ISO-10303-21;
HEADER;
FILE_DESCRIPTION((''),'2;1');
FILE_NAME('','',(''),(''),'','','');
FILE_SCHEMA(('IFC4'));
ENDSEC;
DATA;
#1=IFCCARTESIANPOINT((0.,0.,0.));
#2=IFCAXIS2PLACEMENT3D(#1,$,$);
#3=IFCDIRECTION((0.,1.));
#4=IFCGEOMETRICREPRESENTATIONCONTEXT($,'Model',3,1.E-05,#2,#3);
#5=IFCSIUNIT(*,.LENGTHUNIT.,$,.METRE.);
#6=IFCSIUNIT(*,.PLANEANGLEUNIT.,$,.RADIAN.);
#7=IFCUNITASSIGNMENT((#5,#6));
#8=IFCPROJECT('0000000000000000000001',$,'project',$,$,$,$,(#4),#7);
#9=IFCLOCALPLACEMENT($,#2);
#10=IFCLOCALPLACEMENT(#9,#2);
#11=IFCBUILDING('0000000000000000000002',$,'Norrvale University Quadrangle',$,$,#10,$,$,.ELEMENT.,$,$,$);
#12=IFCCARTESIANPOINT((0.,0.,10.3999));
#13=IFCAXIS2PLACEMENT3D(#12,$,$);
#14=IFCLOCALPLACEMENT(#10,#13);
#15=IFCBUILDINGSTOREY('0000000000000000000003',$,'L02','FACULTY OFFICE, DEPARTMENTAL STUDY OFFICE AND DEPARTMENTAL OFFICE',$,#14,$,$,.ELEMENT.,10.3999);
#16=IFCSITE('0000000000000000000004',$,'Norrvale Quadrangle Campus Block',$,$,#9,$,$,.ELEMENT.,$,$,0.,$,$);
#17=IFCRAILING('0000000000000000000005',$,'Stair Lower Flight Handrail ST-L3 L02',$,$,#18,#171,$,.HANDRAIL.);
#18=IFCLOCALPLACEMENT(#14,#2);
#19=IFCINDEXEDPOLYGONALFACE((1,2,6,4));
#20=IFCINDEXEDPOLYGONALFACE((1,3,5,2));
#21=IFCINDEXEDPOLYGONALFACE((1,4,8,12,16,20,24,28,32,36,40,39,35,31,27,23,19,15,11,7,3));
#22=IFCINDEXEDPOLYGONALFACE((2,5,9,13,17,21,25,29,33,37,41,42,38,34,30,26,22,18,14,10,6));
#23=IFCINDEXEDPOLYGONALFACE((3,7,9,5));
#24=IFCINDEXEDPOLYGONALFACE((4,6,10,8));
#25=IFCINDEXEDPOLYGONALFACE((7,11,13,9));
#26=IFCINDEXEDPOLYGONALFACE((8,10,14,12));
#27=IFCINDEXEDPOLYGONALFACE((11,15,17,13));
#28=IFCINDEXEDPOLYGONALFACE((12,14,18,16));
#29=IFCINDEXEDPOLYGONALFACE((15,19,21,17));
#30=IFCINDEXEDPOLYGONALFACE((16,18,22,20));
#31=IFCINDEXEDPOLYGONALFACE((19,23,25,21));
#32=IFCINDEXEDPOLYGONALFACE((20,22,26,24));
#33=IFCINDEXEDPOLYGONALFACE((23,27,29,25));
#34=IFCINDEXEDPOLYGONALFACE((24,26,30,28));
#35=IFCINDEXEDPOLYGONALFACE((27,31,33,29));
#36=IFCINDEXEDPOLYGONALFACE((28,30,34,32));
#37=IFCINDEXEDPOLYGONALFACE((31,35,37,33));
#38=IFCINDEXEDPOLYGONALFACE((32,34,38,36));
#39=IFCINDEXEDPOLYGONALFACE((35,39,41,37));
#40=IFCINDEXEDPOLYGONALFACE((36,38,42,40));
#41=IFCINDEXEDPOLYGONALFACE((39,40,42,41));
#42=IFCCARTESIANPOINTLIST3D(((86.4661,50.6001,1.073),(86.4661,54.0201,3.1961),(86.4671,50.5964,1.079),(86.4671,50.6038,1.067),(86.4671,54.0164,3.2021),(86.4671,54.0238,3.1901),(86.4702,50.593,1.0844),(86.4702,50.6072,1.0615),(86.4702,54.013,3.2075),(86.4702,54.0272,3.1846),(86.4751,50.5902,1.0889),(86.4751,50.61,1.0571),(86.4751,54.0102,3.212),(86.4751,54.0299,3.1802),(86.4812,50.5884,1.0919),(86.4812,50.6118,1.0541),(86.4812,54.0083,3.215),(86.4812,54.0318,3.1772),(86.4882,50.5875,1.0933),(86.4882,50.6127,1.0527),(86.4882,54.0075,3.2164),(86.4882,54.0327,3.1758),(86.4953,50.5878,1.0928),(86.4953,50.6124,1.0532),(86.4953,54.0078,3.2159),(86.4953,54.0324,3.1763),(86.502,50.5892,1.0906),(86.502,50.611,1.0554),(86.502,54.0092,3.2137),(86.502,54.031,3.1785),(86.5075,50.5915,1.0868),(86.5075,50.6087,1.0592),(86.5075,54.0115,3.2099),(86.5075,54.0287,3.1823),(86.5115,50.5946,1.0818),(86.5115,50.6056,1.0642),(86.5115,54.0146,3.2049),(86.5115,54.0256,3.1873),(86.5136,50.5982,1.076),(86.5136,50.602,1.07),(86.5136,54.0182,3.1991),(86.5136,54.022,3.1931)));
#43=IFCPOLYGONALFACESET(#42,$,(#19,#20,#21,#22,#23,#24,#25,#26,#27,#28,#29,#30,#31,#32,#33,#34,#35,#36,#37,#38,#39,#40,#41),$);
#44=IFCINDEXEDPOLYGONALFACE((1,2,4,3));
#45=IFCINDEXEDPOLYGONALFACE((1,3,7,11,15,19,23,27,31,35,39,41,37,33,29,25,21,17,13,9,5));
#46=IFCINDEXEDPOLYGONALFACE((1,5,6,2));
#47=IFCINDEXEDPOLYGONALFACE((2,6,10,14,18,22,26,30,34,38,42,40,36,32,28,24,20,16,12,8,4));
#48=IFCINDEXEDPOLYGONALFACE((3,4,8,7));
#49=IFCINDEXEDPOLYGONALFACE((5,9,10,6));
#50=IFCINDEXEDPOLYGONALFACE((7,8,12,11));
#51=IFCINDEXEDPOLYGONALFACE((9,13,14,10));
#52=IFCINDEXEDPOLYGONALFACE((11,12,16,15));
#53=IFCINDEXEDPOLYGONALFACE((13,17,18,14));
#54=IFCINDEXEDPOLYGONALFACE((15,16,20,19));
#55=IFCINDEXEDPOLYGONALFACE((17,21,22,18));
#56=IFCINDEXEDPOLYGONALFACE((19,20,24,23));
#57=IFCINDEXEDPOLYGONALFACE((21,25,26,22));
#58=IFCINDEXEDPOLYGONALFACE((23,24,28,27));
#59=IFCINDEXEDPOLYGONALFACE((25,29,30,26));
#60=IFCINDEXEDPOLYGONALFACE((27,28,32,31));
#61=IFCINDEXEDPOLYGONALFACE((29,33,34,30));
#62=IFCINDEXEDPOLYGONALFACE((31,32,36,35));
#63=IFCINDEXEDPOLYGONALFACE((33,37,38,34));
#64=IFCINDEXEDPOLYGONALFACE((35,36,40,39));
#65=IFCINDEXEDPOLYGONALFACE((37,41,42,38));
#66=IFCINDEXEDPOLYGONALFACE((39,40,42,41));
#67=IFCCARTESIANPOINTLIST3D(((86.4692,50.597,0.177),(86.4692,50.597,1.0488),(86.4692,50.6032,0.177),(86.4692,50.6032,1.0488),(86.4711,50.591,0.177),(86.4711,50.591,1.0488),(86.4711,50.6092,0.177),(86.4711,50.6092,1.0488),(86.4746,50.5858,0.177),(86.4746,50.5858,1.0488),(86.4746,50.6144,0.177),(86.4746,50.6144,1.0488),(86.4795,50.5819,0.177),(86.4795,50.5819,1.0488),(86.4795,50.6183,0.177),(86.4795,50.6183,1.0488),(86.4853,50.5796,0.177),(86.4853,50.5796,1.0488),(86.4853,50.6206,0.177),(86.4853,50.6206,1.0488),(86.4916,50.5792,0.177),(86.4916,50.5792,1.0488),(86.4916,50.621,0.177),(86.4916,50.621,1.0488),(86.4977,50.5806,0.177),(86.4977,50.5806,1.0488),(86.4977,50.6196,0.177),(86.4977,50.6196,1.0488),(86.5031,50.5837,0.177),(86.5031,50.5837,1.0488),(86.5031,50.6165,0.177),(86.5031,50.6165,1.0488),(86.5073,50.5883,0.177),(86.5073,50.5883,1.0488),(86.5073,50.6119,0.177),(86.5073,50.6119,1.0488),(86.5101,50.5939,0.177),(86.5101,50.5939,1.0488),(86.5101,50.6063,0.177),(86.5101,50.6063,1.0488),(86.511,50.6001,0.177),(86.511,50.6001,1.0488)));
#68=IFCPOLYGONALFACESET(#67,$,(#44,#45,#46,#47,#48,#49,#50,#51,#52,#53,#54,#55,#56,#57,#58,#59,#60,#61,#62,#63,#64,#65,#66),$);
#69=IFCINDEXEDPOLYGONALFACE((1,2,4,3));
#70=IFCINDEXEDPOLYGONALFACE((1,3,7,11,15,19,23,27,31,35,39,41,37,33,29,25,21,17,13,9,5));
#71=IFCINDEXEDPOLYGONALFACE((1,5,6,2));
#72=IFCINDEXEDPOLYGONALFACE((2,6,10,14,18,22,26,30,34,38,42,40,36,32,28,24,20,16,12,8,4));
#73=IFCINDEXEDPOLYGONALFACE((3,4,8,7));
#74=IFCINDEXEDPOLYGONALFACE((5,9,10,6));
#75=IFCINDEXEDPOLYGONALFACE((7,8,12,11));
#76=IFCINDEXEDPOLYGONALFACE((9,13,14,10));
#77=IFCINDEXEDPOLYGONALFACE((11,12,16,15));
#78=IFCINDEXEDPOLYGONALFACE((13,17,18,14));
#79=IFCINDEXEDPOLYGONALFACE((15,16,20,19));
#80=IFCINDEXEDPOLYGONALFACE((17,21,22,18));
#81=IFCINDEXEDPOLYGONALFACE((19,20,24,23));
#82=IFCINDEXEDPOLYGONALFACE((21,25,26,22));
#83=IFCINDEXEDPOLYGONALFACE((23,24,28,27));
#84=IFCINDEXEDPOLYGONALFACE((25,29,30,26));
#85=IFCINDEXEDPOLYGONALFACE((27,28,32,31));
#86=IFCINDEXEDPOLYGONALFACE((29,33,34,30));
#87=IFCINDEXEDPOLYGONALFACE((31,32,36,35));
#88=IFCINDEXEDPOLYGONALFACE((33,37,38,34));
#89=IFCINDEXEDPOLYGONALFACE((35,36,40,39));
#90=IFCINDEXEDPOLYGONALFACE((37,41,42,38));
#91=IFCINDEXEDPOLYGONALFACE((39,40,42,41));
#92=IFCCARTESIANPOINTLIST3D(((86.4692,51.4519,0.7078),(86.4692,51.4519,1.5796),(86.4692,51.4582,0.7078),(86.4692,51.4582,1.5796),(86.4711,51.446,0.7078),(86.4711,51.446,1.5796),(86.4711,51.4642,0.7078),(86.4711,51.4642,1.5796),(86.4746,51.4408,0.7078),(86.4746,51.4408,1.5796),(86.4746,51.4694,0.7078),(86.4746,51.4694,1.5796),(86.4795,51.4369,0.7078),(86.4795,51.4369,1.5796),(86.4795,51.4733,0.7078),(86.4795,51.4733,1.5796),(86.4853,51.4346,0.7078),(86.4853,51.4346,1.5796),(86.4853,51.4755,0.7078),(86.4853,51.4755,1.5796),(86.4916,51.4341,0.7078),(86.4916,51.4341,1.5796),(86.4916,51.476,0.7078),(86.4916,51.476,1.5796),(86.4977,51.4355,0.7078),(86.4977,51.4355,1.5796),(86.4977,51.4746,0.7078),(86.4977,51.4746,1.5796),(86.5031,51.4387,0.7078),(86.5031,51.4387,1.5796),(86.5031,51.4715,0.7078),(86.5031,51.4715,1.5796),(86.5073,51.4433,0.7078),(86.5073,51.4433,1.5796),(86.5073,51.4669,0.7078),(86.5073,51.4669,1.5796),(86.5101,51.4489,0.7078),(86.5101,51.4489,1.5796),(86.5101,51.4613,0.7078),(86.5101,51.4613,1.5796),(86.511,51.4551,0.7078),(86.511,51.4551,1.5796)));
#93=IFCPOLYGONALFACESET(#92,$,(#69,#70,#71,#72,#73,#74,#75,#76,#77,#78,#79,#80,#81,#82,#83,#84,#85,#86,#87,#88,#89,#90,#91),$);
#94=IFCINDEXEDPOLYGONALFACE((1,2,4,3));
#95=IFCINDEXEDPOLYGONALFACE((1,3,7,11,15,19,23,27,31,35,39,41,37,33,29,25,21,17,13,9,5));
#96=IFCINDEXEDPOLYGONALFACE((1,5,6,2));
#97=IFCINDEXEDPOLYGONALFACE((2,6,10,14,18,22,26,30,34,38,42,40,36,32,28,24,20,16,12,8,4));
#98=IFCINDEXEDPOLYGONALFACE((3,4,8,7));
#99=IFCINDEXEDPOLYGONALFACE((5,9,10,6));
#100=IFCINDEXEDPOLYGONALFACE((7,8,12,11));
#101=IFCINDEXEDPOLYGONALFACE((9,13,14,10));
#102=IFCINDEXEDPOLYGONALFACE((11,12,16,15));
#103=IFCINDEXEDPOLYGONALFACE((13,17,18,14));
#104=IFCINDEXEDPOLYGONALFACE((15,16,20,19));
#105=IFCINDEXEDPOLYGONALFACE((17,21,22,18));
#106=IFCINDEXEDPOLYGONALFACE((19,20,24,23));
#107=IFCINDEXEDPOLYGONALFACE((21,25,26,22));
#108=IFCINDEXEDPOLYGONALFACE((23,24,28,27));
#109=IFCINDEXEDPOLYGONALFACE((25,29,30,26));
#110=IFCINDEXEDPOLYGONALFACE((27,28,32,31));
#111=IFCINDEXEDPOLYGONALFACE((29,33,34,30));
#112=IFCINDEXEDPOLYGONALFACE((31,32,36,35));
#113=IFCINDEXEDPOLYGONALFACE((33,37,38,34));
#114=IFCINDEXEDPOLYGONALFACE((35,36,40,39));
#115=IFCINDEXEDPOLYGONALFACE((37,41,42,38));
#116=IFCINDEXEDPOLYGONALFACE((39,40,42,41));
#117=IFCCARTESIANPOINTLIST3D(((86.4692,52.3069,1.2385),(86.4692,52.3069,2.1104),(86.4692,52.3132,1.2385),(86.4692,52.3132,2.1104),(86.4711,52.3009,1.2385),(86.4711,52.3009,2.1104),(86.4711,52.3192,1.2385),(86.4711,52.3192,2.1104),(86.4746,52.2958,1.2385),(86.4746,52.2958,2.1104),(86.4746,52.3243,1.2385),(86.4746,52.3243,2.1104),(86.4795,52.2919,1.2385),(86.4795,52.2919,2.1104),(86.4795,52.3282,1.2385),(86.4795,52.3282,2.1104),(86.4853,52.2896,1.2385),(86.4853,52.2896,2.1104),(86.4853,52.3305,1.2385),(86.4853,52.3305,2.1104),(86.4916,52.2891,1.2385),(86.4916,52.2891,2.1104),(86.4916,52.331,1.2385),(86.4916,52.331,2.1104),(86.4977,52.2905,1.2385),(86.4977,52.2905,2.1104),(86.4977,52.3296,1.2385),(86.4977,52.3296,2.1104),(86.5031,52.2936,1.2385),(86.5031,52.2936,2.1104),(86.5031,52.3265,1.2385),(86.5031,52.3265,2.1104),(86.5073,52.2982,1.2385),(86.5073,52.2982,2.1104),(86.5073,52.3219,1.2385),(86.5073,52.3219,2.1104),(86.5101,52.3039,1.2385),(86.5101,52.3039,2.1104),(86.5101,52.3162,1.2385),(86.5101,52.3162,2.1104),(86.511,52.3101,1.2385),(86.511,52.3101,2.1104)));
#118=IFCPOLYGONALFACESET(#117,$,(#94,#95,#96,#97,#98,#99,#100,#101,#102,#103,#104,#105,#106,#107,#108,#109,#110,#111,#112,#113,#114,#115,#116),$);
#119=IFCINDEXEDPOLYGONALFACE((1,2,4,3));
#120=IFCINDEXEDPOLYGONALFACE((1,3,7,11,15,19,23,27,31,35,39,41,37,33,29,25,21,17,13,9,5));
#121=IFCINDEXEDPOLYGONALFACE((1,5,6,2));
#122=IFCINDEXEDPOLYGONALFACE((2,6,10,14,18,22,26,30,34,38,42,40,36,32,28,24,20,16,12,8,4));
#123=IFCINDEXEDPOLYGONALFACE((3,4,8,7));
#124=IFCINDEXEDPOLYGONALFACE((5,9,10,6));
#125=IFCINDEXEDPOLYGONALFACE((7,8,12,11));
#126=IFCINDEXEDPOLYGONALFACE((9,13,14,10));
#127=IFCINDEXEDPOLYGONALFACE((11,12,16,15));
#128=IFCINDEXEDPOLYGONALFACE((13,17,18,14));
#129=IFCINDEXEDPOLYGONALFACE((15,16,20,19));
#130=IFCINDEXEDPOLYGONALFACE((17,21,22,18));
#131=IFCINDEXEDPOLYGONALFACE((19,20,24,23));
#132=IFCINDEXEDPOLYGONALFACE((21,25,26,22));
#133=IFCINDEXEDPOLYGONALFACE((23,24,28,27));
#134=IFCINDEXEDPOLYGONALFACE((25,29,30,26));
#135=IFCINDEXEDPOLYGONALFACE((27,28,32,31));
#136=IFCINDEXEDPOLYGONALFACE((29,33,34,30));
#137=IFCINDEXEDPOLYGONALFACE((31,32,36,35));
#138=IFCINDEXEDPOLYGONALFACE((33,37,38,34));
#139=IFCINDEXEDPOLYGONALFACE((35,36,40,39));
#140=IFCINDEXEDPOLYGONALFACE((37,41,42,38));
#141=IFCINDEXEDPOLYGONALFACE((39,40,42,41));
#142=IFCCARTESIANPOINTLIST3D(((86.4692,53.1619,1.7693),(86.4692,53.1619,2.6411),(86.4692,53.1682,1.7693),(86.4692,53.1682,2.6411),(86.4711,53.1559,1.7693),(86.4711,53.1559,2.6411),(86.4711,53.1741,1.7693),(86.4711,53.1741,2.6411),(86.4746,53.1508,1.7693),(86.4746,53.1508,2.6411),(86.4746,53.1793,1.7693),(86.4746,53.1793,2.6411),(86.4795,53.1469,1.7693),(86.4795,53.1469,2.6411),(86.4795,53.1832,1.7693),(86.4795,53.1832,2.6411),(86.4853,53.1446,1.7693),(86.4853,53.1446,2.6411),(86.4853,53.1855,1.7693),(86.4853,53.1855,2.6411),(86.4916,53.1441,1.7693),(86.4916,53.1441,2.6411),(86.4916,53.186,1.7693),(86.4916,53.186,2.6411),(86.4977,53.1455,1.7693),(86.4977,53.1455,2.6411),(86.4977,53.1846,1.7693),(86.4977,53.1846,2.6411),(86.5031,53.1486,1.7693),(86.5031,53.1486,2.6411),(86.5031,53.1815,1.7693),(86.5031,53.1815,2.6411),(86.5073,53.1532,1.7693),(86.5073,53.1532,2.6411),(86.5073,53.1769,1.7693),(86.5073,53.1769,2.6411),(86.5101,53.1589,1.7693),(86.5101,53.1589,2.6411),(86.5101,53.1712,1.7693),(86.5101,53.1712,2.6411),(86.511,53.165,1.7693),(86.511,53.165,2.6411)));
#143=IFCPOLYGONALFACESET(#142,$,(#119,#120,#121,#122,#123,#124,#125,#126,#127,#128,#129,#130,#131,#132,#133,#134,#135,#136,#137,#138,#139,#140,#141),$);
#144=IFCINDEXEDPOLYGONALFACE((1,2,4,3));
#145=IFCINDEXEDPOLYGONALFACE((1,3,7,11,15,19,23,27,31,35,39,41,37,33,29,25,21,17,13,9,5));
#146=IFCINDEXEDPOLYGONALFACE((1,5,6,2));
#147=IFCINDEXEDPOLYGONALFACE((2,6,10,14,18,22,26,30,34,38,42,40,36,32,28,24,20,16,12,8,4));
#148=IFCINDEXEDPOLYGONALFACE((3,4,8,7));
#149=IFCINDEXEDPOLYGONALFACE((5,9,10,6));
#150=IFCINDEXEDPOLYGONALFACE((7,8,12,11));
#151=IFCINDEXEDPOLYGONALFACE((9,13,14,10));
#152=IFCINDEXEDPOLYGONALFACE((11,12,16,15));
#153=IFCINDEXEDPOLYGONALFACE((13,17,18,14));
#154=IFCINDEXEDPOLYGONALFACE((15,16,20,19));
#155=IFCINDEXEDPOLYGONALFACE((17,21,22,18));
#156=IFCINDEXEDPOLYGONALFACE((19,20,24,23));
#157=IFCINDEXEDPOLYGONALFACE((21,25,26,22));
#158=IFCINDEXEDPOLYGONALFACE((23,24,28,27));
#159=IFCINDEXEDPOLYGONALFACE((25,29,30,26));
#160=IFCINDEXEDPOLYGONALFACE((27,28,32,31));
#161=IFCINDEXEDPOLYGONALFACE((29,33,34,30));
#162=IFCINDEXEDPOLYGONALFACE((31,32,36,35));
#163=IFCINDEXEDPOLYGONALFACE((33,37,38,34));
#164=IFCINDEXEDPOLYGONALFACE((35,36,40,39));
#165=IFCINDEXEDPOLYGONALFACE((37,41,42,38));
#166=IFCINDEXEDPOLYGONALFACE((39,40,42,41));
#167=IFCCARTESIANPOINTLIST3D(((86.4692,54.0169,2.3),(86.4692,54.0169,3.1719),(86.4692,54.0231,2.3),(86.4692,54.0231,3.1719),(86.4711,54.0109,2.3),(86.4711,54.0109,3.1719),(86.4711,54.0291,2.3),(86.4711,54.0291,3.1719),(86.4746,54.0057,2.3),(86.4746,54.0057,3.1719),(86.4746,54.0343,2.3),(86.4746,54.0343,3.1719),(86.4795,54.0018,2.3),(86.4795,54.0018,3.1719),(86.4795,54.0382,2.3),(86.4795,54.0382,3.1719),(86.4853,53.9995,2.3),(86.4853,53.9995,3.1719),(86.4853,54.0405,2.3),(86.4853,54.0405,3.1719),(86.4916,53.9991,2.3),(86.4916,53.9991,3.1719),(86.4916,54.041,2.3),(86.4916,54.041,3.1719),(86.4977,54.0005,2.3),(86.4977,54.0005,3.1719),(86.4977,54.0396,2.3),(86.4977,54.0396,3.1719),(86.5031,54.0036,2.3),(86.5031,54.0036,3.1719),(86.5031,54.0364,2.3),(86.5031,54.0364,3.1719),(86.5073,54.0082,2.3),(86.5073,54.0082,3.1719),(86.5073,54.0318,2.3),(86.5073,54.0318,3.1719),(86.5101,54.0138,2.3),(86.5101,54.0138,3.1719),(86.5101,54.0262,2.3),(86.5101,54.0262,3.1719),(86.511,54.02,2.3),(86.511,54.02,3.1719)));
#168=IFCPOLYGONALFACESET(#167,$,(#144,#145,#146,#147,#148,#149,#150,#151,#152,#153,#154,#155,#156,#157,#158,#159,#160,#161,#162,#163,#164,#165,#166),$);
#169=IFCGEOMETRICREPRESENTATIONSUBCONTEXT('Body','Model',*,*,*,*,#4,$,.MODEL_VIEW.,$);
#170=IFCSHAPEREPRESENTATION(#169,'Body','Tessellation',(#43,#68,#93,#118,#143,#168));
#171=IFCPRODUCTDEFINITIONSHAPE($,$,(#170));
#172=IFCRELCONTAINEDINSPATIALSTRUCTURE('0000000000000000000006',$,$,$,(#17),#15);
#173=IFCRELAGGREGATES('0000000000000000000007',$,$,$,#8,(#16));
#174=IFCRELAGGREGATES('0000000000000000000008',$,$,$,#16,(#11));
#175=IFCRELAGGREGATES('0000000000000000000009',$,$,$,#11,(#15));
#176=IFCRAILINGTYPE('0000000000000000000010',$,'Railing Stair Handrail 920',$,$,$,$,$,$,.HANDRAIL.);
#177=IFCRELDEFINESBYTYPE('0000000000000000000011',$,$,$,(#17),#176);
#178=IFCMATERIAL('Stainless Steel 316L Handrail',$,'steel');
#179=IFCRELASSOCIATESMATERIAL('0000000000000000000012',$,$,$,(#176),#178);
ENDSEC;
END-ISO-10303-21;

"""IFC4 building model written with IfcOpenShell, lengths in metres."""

from ifc_helpers import new_model, si_unit, direction, frame, origin, origin_2d, place, context, subcontext, project, spatial, circle, extrude, material, type_object, element, save


model = new_model("IFC4")

# Units and contexts
model_context = context("Model", 3, precision=1e-05, world=origin(), true_north=direction((0.0, 1.0)))
body_context = subcontext(model_context, "Body", "Model", "MODEL_VIEW")
ifc_project = project(units=[si_unit("LENGTHUNIT", "METRE"), si_unit("PLANEANGLEUNIT", "RADIAN")], contexts=[model_context])

# Site, building, storey
site_placement = place(None, origin())
site = spatial("IfcSite", under=ifc_project, at=site_placement, Name="Norrvale Quadrangle Campus Block", CompositionType="ELEMENT", RefElevation=0.0)
building_placement = place(site_placement, origin())
building = spatial("IfcBuilding", under=site, at=building_placement, Name="Norrvale University Quadrangle", CompositionType="ELEMENT")
storey_placement = place(building_placement, frame((0.0, 0.0, 10.3999)))
storey = spatial("IfcBuildingStorey", under=building, at=storey_placement, Name="L02", Description="FACULTY OFFICE, DEPARTMENTAL STUDY OFFICE AND DEPARTMENTAL OFFICE", CompositionType="ELEMENT", Elevation=10.3999)

# Railing
ifc_material_1 = material(Name="Stainless Steel 316L Handrail", Category="steel")
railing_type_1 = type_object("IfcRailingType", Name="Railing Stair Handrail 920", PredefinedType="HANDRAIL", material=ifc_material_1)
railing_1_placement = place(storey_placement, frame((86.49, 50.6001, 0.177)))
element("IfcRailing", 1, at=railing_1_placement, inside=storey, type_object=railing_type_1, Name="Stair Lower Flight Handrail ST-L3 L02", PredefinedType="HANDRAIL", context=body_context, shape_type="SweptSolid", body=[
    extrude(circle(Radius=0.0239, at=origin_2d()), frame((0.0, 0.0, 0.896), z_axis=(0.0, 0.849603, 0.527423), x_axis=(-1.0, 0.0, 0.0)), (0.0, 0.0, 1.0), 4.0254),
    extrude(circle(Radius=0.021, at=origin_2d()), origin(), (0.0, 0.0, 1.0), 0.8718),
    extrude(circle(Radius=0.021, at=origin_2d()), frame((0.0, 0.855, 0.5308)), (0.0, 0.0, 1.0), 0.8718),
    extrude(circle(Radius=0.021, at=origin_2d()), frame((0.0, 1.71, 1.0615)), (0.0, 0.0, 1.0), 0.8718),
    extrude(circle(Radius=0.021, at=origin_2d()), frame((0.0, 2.5649, 1.5923)), (0.0, 0.0, 1.0), 0.8718),
    extrude(circle(Radius=0.021, at=origin_2d()), frame((0.0, 3.4199, 2.123)), (0.0, 0.0, 1.0), 0.8718),
])

save(model, "model.ifc")
